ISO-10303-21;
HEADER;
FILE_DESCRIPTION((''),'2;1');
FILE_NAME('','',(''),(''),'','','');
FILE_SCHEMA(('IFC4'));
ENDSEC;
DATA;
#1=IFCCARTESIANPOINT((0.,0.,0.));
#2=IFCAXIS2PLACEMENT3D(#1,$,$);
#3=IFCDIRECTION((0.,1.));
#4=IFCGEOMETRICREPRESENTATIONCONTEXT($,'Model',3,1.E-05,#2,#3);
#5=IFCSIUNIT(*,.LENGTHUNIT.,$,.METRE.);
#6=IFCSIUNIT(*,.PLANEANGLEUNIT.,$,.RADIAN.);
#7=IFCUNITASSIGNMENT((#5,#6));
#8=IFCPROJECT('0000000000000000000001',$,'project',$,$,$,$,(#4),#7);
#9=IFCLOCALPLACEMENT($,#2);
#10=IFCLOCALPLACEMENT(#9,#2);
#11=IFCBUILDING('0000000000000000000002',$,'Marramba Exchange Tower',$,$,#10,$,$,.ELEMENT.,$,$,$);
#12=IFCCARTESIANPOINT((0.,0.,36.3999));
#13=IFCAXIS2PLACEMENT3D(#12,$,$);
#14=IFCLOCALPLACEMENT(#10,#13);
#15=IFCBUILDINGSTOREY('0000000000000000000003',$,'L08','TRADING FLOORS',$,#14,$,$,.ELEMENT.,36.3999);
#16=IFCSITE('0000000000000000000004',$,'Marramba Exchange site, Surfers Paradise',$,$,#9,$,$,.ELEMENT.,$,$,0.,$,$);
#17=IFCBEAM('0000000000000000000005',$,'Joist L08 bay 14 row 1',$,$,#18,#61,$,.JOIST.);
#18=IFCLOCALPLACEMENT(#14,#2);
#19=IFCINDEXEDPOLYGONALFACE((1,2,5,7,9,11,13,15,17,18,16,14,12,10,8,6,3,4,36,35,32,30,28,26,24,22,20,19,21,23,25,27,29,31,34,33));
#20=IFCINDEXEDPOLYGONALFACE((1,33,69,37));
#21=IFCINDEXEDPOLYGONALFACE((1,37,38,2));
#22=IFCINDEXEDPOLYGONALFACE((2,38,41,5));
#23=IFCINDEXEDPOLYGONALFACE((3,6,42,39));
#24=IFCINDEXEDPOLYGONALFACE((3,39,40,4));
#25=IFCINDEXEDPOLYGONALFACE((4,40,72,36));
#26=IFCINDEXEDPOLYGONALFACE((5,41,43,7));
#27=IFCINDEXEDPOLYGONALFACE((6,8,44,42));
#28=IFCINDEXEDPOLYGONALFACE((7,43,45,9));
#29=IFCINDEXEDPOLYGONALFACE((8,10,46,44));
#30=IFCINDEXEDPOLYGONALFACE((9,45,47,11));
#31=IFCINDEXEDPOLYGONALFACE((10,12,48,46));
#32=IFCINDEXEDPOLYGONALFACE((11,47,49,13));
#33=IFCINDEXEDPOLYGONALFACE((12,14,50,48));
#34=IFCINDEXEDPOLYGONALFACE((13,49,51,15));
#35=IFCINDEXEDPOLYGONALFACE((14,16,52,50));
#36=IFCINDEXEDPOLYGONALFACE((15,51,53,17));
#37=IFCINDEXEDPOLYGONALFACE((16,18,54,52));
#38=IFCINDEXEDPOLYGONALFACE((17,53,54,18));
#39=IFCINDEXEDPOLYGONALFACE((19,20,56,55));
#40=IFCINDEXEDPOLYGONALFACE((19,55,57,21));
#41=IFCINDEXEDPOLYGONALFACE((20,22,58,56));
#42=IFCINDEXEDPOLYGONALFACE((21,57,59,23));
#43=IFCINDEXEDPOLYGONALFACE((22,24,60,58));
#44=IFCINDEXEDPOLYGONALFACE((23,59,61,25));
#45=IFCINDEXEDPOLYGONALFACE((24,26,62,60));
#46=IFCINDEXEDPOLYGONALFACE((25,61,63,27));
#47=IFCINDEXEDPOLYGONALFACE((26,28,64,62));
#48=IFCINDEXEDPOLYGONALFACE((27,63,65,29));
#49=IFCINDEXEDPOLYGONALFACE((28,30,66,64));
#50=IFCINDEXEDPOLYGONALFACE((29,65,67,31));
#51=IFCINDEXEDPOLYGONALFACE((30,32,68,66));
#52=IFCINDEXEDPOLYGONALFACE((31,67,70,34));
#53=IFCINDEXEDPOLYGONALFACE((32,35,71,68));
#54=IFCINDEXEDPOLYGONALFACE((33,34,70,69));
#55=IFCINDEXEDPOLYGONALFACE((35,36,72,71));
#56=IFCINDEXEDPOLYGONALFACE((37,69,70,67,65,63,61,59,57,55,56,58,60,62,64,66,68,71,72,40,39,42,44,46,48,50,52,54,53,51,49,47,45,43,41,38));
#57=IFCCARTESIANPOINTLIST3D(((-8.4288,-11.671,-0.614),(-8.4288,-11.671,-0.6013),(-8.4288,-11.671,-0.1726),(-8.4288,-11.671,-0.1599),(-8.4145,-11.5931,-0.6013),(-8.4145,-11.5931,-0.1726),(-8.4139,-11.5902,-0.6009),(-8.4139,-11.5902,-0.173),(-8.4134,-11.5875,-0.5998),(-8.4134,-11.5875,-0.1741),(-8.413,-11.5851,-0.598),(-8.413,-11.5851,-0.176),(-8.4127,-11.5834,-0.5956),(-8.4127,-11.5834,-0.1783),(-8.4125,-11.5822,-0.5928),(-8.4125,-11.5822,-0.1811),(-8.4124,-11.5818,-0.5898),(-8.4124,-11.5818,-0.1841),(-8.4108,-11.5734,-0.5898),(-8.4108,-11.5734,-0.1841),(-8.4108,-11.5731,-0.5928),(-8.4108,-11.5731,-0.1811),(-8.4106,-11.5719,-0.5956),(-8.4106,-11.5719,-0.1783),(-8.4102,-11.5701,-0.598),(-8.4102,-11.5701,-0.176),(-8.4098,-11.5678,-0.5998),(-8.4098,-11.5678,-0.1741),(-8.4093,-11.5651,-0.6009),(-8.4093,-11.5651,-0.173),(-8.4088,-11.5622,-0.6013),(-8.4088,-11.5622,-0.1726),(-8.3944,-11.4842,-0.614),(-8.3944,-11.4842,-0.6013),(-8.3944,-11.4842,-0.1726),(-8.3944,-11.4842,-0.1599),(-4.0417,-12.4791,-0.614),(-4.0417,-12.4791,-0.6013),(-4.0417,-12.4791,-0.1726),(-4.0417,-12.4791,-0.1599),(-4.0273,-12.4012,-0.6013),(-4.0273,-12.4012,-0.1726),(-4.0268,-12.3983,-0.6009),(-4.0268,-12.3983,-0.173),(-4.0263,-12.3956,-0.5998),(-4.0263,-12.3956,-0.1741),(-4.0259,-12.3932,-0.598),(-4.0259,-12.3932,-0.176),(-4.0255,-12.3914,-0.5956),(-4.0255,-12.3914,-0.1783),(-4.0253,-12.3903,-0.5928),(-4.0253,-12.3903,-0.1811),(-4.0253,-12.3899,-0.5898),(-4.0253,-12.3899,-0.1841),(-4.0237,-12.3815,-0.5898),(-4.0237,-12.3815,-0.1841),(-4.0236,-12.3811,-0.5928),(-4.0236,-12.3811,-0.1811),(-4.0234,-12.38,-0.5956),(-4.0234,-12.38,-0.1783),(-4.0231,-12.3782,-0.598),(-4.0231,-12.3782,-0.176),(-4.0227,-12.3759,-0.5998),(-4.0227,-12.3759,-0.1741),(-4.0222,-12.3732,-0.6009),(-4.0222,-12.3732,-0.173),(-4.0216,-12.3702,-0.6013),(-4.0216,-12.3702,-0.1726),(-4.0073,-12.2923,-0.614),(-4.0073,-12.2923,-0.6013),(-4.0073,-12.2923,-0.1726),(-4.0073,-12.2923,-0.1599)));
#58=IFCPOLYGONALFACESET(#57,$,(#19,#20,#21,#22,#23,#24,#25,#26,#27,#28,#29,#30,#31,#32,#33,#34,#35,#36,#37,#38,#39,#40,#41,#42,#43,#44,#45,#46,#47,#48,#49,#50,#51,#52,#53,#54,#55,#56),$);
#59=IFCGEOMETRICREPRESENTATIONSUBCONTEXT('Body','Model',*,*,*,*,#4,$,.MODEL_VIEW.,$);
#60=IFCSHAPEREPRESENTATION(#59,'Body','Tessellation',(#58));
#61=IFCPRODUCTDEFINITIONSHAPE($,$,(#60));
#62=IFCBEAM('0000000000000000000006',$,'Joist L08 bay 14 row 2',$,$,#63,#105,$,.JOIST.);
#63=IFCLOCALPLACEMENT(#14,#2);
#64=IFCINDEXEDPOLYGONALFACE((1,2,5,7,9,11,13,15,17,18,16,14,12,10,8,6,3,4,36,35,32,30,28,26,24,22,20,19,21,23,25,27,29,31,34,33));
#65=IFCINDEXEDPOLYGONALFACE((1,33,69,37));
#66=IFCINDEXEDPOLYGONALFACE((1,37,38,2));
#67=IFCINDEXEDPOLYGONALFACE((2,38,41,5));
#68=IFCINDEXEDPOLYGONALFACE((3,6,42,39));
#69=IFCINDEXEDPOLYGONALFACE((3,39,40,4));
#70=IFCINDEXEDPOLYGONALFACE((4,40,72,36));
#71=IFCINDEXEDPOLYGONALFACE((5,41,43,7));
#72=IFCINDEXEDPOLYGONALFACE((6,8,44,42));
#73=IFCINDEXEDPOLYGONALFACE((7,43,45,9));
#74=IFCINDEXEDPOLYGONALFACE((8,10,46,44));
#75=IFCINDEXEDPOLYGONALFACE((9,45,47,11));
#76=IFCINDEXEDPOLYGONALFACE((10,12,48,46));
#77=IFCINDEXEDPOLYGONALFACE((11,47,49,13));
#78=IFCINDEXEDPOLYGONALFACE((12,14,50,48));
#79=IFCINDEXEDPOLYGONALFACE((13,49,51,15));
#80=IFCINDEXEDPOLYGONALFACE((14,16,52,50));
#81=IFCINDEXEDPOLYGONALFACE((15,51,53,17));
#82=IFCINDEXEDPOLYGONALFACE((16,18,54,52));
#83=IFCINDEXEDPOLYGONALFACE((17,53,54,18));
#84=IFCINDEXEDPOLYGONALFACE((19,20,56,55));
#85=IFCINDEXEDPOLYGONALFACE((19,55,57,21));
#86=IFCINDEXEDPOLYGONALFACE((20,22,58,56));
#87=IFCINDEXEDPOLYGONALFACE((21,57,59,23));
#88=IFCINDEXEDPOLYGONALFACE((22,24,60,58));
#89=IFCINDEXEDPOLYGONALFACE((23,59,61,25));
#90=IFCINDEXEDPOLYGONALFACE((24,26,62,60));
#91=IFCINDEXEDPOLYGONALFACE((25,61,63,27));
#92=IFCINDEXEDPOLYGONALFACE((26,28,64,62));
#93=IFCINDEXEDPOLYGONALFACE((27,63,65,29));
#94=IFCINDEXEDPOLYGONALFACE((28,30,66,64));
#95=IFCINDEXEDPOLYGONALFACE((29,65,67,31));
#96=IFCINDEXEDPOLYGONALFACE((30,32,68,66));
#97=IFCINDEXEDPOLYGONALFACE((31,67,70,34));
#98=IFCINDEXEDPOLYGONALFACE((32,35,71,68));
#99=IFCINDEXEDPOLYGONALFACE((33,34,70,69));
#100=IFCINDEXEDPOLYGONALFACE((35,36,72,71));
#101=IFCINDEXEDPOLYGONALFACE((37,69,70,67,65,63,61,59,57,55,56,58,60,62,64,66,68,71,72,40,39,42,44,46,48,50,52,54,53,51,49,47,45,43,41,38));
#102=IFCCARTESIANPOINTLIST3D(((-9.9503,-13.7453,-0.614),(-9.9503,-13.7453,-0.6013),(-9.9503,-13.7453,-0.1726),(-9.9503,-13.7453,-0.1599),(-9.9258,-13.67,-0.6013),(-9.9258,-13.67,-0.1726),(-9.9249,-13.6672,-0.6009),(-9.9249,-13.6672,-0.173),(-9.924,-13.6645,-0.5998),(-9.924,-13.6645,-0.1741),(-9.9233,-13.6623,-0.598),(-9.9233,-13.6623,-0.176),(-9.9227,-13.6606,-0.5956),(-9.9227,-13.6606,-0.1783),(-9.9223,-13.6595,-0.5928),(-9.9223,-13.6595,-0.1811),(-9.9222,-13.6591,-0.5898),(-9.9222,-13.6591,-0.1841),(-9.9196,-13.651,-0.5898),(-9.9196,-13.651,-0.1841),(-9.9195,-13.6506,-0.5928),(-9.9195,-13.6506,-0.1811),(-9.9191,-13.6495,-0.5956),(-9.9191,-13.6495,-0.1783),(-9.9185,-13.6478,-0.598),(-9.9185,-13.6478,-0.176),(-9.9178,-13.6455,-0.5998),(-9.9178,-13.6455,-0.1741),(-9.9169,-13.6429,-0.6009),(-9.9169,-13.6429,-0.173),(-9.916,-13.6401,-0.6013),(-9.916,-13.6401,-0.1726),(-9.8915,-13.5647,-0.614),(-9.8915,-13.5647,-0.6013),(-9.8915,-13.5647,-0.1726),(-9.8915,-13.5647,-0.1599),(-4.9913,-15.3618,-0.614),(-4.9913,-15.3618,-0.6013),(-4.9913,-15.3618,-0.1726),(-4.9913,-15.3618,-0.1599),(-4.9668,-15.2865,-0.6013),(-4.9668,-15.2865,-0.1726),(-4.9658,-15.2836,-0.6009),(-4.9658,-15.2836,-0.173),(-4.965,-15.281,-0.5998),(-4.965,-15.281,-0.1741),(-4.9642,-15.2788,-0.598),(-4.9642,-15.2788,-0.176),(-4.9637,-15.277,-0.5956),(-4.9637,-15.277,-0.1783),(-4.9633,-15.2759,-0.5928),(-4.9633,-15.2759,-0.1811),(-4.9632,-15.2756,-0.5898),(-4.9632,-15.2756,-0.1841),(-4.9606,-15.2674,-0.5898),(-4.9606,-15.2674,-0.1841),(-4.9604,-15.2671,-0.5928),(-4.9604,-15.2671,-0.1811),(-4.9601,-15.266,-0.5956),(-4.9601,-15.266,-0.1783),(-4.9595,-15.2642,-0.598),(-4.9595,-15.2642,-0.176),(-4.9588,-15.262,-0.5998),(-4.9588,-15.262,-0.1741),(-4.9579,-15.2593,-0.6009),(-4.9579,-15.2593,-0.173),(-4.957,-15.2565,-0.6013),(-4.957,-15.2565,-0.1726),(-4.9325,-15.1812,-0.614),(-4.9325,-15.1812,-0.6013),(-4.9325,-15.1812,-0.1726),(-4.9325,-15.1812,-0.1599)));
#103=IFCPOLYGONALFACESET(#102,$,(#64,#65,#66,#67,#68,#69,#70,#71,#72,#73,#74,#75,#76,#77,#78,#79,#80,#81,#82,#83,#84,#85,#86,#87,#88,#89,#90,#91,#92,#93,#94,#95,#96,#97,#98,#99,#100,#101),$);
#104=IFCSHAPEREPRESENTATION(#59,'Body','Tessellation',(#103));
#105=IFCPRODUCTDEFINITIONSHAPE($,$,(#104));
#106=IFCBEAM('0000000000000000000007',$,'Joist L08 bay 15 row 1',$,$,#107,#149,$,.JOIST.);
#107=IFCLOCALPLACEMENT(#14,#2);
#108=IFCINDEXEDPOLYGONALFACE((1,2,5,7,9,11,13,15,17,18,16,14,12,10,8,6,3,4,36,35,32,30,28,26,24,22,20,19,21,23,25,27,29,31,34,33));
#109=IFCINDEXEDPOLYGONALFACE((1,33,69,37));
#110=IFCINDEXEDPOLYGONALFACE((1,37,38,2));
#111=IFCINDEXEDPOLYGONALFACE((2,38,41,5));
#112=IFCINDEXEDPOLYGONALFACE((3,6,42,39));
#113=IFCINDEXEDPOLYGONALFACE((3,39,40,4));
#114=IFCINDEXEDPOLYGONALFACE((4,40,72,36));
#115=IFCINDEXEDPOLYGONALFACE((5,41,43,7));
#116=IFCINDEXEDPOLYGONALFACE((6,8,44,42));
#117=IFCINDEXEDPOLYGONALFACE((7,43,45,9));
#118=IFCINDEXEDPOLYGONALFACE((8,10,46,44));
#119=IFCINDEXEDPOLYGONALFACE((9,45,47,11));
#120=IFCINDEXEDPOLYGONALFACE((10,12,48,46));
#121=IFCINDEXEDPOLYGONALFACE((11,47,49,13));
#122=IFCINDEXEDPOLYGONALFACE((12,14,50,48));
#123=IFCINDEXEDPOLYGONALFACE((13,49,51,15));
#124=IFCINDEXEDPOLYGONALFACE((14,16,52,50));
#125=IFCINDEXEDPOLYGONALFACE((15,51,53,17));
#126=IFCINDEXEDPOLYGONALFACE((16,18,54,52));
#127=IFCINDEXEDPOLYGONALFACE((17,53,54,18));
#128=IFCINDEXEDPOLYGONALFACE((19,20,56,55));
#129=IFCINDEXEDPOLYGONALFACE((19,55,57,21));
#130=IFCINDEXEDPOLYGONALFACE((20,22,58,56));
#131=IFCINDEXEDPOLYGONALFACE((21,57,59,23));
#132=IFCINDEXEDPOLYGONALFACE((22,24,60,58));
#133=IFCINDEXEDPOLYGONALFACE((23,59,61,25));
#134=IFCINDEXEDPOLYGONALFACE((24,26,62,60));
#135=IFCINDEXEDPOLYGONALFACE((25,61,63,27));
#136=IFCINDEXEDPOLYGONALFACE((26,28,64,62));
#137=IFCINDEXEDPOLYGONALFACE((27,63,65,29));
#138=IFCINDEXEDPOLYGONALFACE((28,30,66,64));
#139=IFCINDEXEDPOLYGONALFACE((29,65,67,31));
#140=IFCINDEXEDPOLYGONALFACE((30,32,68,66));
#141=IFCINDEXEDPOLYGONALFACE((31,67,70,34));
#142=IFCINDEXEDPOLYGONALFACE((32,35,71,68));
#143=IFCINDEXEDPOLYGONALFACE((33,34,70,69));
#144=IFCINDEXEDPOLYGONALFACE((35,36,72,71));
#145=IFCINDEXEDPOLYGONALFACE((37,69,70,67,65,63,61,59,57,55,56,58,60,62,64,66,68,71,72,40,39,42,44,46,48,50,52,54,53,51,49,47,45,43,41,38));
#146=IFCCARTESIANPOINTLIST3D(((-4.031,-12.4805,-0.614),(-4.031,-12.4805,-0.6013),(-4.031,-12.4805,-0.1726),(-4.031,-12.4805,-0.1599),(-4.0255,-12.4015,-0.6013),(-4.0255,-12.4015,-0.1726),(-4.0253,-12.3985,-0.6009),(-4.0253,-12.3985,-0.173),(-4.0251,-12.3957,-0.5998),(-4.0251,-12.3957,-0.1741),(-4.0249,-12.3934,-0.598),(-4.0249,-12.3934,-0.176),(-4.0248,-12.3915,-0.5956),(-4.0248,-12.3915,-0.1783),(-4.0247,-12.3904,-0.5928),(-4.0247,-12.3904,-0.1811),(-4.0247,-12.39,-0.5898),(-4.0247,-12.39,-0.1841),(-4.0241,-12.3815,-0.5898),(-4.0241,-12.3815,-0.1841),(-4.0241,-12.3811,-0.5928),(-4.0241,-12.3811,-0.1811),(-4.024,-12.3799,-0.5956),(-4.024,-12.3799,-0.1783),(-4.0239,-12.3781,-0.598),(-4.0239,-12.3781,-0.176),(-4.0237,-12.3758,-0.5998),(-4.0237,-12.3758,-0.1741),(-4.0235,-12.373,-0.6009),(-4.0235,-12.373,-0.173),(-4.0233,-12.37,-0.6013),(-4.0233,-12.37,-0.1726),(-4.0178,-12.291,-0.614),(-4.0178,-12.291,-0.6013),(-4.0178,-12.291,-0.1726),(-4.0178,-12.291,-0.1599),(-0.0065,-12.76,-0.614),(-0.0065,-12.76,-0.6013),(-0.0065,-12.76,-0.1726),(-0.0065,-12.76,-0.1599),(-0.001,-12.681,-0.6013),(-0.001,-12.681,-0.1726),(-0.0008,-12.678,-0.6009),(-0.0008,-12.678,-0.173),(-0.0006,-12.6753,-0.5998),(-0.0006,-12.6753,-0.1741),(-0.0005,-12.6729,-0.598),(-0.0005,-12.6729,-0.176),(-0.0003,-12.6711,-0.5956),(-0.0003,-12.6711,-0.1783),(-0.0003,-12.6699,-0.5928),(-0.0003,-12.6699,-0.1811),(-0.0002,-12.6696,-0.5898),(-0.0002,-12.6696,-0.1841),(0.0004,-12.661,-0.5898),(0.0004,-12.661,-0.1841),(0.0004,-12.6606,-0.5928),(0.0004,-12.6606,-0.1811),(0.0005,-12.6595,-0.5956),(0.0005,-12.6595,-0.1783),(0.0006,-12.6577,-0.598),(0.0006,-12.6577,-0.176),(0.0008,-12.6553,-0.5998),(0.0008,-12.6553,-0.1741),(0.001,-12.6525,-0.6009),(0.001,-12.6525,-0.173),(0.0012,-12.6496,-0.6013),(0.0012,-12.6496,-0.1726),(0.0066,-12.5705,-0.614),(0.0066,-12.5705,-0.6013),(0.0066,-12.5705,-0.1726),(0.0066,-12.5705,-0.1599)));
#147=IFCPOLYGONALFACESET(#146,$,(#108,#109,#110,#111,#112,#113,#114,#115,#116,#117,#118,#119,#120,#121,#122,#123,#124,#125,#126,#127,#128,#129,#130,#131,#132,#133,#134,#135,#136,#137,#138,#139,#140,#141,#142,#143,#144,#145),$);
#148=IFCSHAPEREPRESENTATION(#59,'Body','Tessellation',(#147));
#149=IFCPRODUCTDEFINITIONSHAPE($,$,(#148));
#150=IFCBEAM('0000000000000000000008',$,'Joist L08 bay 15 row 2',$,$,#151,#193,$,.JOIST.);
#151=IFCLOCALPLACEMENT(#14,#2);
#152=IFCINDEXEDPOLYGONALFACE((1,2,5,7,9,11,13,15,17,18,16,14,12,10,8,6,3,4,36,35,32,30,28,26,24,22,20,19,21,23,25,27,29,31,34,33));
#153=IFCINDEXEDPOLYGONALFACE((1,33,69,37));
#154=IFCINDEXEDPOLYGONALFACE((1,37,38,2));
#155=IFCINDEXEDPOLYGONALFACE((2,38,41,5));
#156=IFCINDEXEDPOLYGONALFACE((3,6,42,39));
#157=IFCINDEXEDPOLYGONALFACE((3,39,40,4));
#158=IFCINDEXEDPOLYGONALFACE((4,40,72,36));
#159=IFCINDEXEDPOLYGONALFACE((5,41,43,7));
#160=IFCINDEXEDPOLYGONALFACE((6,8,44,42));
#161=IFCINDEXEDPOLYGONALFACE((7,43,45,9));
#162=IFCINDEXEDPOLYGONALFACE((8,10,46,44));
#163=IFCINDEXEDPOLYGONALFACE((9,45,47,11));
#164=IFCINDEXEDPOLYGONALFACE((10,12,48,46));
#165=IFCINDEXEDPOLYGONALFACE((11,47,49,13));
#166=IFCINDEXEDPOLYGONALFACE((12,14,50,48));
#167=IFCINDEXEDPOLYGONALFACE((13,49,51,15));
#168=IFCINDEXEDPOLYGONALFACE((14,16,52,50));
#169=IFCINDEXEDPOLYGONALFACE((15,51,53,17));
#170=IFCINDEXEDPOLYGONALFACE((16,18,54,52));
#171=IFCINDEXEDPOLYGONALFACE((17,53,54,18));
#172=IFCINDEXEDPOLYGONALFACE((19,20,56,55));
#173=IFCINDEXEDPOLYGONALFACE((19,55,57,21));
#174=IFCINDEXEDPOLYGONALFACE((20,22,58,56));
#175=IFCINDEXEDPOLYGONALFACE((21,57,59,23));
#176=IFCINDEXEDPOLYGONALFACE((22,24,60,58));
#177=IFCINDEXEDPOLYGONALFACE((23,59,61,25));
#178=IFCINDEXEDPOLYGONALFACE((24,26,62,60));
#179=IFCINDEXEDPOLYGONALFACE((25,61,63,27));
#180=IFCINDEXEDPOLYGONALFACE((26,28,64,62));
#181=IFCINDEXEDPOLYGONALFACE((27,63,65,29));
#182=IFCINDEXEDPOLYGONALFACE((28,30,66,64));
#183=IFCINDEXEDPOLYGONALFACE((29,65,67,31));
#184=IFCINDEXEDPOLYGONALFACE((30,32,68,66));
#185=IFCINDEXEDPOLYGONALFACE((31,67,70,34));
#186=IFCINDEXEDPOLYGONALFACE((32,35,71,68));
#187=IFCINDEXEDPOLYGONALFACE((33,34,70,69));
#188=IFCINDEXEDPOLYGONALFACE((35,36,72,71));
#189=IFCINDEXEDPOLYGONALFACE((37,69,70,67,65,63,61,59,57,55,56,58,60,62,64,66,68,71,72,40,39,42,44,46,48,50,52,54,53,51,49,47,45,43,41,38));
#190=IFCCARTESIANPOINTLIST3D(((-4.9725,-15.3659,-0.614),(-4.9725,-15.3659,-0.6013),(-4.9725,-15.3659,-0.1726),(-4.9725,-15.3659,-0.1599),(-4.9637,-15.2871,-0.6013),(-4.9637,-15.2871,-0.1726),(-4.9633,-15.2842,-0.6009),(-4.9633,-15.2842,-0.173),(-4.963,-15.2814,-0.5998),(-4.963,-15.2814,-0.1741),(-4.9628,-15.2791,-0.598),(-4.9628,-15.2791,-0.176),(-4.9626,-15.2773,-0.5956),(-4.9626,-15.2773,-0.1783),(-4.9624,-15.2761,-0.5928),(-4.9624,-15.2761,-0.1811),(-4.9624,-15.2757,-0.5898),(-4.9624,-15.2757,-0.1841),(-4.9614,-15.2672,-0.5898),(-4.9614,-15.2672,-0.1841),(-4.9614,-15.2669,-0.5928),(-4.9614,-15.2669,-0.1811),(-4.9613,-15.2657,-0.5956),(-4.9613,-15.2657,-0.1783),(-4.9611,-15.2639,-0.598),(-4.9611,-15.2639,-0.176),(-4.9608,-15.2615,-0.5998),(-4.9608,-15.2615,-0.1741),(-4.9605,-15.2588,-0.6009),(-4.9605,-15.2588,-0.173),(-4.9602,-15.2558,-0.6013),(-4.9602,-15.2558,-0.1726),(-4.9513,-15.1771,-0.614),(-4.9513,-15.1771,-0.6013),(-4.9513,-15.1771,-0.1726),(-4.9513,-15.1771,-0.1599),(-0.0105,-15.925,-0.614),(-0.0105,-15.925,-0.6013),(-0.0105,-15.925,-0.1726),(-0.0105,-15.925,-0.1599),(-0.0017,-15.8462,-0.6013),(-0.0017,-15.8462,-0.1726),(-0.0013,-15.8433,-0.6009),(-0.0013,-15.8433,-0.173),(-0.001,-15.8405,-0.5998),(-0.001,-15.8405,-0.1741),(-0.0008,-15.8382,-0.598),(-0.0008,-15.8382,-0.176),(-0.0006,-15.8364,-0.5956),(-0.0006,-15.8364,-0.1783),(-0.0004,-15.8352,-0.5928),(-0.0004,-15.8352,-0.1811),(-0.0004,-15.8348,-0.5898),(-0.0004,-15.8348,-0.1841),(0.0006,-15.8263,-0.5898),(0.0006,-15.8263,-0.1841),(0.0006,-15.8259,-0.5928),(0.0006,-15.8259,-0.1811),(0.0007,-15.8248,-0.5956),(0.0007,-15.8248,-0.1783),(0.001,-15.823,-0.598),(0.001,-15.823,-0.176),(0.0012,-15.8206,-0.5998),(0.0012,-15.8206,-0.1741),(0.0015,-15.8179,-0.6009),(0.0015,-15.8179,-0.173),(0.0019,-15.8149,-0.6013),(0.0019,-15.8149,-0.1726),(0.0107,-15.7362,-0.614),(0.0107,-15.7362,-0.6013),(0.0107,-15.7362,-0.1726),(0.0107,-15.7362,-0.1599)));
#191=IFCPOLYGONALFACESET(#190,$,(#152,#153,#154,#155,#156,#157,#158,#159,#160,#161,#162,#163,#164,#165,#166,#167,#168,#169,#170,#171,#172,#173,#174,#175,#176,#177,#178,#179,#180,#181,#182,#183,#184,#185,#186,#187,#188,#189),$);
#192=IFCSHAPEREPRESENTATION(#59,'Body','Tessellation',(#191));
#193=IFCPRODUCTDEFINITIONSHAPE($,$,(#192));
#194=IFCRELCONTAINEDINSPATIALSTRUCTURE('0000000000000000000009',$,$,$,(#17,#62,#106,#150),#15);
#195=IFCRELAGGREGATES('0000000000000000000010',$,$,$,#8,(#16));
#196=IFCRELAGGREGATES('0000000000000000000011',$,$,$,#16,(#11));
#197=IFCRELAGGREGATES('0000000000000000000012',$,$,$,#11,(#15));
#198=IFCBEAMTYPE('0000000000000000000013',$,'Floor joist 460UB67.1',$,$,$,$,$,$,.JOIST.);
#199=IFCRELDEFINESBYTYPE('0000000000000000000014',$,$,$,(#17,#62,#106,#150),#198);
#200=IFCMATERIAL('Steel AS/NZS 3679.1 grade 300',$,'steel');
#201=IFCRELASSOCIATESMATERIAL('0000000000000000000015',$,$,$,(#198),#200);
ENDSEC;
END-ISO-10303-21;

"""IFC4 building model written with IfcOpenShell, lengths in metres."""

from ifc_helpers import new_model, si_unit, direction, frame, origin, origin_2d, place, context, subcontext, project, spatial, i_section, extrude, material, material_profile, profile_set, type_object, element, save


model = new_model("IFC4")

# Units and contexts
model_context = context("Model", 3, precision=1e-05, world=origin(), true_north=direction((0.0, 1.0)))
body_context = subcontext(model_context, "Body", "Model", "MODEL_VIEW")
ifc_project = project(units=[si_unit("LENGTHUNIT", "METRE"), si_unit("PLANEANGLEUNIT", "RADIAN")], contexts=[model_context])

# Site, building, storey
site_placement = place(None, origin())
site = spatial("IfcSite", under=ifc_project, at=site_placement, Name="Marramba Exchange site, Surfers Paradise", CompositionType="ELEMENT", RefElevation=0.0)
building_placement = place(site_placement, origin())
building = spatial("IfcBuilding", under=site, at=building_placement, Name="Marramba Exchange Tower", CompositionType="ELEMENT")
storey_placement = place(building_placement, frame((0.0, 0.0, 36.3999)))
storey = spatial("IfcBuildingStorey", under=building, at=storey_placement, Name="L08", Description="TRADING FLOORS", CompositionType="ELEMENT", Elevation=36.3999)

# Beams
ifc_material_1 = material(Name="Steel AS/NZS 3679.1 grade 300", Category="steel")
ifc_material_profile_1 = material_profile(ifc_material_1, i_section(OverallWidth=0.1899, OverallDepth=0.4541, WebThickness=0.0085, FlangeThickness=0.0127, FilletRadius=0.0115, at=origin_2d()), Name="460UB67.1")
ifc_profile_set_1 = profile_set([ifc_material_profile_1], Name="Steel AS/NZS 3679.1 grade 300")
beam_type_1 = type_object("IfcBeamType", Name="Floor joist 460UB67.1", PredefinedType="JOIST", material=ifc_profile_set_1)
beam_1_placement = place(storey_placement, frame((-8.4116, -11.5776, -0.387), z_axis=(0.983456, -0.181149, 0.0), x_axis=(0.181149, 0.983456, 0.0)))
element("IfcBeam", 1, at=beam_1_placement, inside=storey, type_object=beam_type_1, Name="Joist L08 bay 14 row 1", PredefinedType="JOIST", context=body_context, shape_type="SweptSolid", body=[
    extrude(i_section(OverallWidth=0.1899, OverallDepth=0.4541, WebThickness=0.0085, FlangeThickness=0.0127, FilletRadius=0.0115, at=origin_2d()), origin(), (0.0, 0.0, 1.0), 4.4609),
])
beam_2_placement = place(storey_placement, frame((-9.9209, -13.655, -0.387), z_axis=(0.950764, -0.309916, 0.0), x_axis=(0.309916, 0.950764, 0.0)))
element("IfcBeam", 2, at=beam_2_placement, inside=storey, type_object=beam_type_1, Name="Joist L08 bay 14 row 2", PredefinedType="JOIST", context=body_context, shape_type="SweptSolid", body=[
    extrude(i_section(OverallWidth=0.1899, OverallDepth=0.4541, WebThickness=0.0085, FlangeThickness=0.0127, FilletRadius=0.0115, at=origin_2d()), origin(), (0.0, 0.0, 1.0), 5.2158),
])
beam_3_placement = place(storey_placement, frame((-4.0244, -12.3857, -0.387), z_axis=(0.997596, -0.069294, 0.0), x_axis=(0.069294, 0.997596, 0.0)))
element("IfcBeam", 3, at=beam_3_placement, inside=storey, type_object=beam_type_1, Name="Joist L08 bay 15 row 1", PredefinedType="JOIST", context=body_context, shape_type="SweptSolid", body=[
    extrude(i_section(OverallWidth=0.1899, OverallDepth=0.4541, WebThickness=0.0085, FlangeThickness=0.0127, FilletRadius=0.0115, at=origin_2d()), origin(), (0.0, 0.0, 1.0), 4.0342),
])
beam_4_placement = place(storey_placement, frame((-4.9619, -15.2715, -0.387), z_axis=(0.993712, -0.111966, 0.0), x_axis=(0.111966, 0.993712, 0.0)))
element("IfcBeam", 4, at=beam_4_placement, inside=storey, type_object=beam_type_1, Name="Joist L08 bay 15 row 2", PredefinedType="JOIST", context=body_context, shape_type="SweptSolid", body=[
    extrude(i_section(OverallWidth=0.1899, OverallDepth=0.4541, WebThickness=0.0085, FlangeThickness=0.0127, FilletRadius=0.0115, at=origin_2d()), origin(), (0.0, 0.0, 1.0), 4.9934),
])

save(model, "model.ifc")
